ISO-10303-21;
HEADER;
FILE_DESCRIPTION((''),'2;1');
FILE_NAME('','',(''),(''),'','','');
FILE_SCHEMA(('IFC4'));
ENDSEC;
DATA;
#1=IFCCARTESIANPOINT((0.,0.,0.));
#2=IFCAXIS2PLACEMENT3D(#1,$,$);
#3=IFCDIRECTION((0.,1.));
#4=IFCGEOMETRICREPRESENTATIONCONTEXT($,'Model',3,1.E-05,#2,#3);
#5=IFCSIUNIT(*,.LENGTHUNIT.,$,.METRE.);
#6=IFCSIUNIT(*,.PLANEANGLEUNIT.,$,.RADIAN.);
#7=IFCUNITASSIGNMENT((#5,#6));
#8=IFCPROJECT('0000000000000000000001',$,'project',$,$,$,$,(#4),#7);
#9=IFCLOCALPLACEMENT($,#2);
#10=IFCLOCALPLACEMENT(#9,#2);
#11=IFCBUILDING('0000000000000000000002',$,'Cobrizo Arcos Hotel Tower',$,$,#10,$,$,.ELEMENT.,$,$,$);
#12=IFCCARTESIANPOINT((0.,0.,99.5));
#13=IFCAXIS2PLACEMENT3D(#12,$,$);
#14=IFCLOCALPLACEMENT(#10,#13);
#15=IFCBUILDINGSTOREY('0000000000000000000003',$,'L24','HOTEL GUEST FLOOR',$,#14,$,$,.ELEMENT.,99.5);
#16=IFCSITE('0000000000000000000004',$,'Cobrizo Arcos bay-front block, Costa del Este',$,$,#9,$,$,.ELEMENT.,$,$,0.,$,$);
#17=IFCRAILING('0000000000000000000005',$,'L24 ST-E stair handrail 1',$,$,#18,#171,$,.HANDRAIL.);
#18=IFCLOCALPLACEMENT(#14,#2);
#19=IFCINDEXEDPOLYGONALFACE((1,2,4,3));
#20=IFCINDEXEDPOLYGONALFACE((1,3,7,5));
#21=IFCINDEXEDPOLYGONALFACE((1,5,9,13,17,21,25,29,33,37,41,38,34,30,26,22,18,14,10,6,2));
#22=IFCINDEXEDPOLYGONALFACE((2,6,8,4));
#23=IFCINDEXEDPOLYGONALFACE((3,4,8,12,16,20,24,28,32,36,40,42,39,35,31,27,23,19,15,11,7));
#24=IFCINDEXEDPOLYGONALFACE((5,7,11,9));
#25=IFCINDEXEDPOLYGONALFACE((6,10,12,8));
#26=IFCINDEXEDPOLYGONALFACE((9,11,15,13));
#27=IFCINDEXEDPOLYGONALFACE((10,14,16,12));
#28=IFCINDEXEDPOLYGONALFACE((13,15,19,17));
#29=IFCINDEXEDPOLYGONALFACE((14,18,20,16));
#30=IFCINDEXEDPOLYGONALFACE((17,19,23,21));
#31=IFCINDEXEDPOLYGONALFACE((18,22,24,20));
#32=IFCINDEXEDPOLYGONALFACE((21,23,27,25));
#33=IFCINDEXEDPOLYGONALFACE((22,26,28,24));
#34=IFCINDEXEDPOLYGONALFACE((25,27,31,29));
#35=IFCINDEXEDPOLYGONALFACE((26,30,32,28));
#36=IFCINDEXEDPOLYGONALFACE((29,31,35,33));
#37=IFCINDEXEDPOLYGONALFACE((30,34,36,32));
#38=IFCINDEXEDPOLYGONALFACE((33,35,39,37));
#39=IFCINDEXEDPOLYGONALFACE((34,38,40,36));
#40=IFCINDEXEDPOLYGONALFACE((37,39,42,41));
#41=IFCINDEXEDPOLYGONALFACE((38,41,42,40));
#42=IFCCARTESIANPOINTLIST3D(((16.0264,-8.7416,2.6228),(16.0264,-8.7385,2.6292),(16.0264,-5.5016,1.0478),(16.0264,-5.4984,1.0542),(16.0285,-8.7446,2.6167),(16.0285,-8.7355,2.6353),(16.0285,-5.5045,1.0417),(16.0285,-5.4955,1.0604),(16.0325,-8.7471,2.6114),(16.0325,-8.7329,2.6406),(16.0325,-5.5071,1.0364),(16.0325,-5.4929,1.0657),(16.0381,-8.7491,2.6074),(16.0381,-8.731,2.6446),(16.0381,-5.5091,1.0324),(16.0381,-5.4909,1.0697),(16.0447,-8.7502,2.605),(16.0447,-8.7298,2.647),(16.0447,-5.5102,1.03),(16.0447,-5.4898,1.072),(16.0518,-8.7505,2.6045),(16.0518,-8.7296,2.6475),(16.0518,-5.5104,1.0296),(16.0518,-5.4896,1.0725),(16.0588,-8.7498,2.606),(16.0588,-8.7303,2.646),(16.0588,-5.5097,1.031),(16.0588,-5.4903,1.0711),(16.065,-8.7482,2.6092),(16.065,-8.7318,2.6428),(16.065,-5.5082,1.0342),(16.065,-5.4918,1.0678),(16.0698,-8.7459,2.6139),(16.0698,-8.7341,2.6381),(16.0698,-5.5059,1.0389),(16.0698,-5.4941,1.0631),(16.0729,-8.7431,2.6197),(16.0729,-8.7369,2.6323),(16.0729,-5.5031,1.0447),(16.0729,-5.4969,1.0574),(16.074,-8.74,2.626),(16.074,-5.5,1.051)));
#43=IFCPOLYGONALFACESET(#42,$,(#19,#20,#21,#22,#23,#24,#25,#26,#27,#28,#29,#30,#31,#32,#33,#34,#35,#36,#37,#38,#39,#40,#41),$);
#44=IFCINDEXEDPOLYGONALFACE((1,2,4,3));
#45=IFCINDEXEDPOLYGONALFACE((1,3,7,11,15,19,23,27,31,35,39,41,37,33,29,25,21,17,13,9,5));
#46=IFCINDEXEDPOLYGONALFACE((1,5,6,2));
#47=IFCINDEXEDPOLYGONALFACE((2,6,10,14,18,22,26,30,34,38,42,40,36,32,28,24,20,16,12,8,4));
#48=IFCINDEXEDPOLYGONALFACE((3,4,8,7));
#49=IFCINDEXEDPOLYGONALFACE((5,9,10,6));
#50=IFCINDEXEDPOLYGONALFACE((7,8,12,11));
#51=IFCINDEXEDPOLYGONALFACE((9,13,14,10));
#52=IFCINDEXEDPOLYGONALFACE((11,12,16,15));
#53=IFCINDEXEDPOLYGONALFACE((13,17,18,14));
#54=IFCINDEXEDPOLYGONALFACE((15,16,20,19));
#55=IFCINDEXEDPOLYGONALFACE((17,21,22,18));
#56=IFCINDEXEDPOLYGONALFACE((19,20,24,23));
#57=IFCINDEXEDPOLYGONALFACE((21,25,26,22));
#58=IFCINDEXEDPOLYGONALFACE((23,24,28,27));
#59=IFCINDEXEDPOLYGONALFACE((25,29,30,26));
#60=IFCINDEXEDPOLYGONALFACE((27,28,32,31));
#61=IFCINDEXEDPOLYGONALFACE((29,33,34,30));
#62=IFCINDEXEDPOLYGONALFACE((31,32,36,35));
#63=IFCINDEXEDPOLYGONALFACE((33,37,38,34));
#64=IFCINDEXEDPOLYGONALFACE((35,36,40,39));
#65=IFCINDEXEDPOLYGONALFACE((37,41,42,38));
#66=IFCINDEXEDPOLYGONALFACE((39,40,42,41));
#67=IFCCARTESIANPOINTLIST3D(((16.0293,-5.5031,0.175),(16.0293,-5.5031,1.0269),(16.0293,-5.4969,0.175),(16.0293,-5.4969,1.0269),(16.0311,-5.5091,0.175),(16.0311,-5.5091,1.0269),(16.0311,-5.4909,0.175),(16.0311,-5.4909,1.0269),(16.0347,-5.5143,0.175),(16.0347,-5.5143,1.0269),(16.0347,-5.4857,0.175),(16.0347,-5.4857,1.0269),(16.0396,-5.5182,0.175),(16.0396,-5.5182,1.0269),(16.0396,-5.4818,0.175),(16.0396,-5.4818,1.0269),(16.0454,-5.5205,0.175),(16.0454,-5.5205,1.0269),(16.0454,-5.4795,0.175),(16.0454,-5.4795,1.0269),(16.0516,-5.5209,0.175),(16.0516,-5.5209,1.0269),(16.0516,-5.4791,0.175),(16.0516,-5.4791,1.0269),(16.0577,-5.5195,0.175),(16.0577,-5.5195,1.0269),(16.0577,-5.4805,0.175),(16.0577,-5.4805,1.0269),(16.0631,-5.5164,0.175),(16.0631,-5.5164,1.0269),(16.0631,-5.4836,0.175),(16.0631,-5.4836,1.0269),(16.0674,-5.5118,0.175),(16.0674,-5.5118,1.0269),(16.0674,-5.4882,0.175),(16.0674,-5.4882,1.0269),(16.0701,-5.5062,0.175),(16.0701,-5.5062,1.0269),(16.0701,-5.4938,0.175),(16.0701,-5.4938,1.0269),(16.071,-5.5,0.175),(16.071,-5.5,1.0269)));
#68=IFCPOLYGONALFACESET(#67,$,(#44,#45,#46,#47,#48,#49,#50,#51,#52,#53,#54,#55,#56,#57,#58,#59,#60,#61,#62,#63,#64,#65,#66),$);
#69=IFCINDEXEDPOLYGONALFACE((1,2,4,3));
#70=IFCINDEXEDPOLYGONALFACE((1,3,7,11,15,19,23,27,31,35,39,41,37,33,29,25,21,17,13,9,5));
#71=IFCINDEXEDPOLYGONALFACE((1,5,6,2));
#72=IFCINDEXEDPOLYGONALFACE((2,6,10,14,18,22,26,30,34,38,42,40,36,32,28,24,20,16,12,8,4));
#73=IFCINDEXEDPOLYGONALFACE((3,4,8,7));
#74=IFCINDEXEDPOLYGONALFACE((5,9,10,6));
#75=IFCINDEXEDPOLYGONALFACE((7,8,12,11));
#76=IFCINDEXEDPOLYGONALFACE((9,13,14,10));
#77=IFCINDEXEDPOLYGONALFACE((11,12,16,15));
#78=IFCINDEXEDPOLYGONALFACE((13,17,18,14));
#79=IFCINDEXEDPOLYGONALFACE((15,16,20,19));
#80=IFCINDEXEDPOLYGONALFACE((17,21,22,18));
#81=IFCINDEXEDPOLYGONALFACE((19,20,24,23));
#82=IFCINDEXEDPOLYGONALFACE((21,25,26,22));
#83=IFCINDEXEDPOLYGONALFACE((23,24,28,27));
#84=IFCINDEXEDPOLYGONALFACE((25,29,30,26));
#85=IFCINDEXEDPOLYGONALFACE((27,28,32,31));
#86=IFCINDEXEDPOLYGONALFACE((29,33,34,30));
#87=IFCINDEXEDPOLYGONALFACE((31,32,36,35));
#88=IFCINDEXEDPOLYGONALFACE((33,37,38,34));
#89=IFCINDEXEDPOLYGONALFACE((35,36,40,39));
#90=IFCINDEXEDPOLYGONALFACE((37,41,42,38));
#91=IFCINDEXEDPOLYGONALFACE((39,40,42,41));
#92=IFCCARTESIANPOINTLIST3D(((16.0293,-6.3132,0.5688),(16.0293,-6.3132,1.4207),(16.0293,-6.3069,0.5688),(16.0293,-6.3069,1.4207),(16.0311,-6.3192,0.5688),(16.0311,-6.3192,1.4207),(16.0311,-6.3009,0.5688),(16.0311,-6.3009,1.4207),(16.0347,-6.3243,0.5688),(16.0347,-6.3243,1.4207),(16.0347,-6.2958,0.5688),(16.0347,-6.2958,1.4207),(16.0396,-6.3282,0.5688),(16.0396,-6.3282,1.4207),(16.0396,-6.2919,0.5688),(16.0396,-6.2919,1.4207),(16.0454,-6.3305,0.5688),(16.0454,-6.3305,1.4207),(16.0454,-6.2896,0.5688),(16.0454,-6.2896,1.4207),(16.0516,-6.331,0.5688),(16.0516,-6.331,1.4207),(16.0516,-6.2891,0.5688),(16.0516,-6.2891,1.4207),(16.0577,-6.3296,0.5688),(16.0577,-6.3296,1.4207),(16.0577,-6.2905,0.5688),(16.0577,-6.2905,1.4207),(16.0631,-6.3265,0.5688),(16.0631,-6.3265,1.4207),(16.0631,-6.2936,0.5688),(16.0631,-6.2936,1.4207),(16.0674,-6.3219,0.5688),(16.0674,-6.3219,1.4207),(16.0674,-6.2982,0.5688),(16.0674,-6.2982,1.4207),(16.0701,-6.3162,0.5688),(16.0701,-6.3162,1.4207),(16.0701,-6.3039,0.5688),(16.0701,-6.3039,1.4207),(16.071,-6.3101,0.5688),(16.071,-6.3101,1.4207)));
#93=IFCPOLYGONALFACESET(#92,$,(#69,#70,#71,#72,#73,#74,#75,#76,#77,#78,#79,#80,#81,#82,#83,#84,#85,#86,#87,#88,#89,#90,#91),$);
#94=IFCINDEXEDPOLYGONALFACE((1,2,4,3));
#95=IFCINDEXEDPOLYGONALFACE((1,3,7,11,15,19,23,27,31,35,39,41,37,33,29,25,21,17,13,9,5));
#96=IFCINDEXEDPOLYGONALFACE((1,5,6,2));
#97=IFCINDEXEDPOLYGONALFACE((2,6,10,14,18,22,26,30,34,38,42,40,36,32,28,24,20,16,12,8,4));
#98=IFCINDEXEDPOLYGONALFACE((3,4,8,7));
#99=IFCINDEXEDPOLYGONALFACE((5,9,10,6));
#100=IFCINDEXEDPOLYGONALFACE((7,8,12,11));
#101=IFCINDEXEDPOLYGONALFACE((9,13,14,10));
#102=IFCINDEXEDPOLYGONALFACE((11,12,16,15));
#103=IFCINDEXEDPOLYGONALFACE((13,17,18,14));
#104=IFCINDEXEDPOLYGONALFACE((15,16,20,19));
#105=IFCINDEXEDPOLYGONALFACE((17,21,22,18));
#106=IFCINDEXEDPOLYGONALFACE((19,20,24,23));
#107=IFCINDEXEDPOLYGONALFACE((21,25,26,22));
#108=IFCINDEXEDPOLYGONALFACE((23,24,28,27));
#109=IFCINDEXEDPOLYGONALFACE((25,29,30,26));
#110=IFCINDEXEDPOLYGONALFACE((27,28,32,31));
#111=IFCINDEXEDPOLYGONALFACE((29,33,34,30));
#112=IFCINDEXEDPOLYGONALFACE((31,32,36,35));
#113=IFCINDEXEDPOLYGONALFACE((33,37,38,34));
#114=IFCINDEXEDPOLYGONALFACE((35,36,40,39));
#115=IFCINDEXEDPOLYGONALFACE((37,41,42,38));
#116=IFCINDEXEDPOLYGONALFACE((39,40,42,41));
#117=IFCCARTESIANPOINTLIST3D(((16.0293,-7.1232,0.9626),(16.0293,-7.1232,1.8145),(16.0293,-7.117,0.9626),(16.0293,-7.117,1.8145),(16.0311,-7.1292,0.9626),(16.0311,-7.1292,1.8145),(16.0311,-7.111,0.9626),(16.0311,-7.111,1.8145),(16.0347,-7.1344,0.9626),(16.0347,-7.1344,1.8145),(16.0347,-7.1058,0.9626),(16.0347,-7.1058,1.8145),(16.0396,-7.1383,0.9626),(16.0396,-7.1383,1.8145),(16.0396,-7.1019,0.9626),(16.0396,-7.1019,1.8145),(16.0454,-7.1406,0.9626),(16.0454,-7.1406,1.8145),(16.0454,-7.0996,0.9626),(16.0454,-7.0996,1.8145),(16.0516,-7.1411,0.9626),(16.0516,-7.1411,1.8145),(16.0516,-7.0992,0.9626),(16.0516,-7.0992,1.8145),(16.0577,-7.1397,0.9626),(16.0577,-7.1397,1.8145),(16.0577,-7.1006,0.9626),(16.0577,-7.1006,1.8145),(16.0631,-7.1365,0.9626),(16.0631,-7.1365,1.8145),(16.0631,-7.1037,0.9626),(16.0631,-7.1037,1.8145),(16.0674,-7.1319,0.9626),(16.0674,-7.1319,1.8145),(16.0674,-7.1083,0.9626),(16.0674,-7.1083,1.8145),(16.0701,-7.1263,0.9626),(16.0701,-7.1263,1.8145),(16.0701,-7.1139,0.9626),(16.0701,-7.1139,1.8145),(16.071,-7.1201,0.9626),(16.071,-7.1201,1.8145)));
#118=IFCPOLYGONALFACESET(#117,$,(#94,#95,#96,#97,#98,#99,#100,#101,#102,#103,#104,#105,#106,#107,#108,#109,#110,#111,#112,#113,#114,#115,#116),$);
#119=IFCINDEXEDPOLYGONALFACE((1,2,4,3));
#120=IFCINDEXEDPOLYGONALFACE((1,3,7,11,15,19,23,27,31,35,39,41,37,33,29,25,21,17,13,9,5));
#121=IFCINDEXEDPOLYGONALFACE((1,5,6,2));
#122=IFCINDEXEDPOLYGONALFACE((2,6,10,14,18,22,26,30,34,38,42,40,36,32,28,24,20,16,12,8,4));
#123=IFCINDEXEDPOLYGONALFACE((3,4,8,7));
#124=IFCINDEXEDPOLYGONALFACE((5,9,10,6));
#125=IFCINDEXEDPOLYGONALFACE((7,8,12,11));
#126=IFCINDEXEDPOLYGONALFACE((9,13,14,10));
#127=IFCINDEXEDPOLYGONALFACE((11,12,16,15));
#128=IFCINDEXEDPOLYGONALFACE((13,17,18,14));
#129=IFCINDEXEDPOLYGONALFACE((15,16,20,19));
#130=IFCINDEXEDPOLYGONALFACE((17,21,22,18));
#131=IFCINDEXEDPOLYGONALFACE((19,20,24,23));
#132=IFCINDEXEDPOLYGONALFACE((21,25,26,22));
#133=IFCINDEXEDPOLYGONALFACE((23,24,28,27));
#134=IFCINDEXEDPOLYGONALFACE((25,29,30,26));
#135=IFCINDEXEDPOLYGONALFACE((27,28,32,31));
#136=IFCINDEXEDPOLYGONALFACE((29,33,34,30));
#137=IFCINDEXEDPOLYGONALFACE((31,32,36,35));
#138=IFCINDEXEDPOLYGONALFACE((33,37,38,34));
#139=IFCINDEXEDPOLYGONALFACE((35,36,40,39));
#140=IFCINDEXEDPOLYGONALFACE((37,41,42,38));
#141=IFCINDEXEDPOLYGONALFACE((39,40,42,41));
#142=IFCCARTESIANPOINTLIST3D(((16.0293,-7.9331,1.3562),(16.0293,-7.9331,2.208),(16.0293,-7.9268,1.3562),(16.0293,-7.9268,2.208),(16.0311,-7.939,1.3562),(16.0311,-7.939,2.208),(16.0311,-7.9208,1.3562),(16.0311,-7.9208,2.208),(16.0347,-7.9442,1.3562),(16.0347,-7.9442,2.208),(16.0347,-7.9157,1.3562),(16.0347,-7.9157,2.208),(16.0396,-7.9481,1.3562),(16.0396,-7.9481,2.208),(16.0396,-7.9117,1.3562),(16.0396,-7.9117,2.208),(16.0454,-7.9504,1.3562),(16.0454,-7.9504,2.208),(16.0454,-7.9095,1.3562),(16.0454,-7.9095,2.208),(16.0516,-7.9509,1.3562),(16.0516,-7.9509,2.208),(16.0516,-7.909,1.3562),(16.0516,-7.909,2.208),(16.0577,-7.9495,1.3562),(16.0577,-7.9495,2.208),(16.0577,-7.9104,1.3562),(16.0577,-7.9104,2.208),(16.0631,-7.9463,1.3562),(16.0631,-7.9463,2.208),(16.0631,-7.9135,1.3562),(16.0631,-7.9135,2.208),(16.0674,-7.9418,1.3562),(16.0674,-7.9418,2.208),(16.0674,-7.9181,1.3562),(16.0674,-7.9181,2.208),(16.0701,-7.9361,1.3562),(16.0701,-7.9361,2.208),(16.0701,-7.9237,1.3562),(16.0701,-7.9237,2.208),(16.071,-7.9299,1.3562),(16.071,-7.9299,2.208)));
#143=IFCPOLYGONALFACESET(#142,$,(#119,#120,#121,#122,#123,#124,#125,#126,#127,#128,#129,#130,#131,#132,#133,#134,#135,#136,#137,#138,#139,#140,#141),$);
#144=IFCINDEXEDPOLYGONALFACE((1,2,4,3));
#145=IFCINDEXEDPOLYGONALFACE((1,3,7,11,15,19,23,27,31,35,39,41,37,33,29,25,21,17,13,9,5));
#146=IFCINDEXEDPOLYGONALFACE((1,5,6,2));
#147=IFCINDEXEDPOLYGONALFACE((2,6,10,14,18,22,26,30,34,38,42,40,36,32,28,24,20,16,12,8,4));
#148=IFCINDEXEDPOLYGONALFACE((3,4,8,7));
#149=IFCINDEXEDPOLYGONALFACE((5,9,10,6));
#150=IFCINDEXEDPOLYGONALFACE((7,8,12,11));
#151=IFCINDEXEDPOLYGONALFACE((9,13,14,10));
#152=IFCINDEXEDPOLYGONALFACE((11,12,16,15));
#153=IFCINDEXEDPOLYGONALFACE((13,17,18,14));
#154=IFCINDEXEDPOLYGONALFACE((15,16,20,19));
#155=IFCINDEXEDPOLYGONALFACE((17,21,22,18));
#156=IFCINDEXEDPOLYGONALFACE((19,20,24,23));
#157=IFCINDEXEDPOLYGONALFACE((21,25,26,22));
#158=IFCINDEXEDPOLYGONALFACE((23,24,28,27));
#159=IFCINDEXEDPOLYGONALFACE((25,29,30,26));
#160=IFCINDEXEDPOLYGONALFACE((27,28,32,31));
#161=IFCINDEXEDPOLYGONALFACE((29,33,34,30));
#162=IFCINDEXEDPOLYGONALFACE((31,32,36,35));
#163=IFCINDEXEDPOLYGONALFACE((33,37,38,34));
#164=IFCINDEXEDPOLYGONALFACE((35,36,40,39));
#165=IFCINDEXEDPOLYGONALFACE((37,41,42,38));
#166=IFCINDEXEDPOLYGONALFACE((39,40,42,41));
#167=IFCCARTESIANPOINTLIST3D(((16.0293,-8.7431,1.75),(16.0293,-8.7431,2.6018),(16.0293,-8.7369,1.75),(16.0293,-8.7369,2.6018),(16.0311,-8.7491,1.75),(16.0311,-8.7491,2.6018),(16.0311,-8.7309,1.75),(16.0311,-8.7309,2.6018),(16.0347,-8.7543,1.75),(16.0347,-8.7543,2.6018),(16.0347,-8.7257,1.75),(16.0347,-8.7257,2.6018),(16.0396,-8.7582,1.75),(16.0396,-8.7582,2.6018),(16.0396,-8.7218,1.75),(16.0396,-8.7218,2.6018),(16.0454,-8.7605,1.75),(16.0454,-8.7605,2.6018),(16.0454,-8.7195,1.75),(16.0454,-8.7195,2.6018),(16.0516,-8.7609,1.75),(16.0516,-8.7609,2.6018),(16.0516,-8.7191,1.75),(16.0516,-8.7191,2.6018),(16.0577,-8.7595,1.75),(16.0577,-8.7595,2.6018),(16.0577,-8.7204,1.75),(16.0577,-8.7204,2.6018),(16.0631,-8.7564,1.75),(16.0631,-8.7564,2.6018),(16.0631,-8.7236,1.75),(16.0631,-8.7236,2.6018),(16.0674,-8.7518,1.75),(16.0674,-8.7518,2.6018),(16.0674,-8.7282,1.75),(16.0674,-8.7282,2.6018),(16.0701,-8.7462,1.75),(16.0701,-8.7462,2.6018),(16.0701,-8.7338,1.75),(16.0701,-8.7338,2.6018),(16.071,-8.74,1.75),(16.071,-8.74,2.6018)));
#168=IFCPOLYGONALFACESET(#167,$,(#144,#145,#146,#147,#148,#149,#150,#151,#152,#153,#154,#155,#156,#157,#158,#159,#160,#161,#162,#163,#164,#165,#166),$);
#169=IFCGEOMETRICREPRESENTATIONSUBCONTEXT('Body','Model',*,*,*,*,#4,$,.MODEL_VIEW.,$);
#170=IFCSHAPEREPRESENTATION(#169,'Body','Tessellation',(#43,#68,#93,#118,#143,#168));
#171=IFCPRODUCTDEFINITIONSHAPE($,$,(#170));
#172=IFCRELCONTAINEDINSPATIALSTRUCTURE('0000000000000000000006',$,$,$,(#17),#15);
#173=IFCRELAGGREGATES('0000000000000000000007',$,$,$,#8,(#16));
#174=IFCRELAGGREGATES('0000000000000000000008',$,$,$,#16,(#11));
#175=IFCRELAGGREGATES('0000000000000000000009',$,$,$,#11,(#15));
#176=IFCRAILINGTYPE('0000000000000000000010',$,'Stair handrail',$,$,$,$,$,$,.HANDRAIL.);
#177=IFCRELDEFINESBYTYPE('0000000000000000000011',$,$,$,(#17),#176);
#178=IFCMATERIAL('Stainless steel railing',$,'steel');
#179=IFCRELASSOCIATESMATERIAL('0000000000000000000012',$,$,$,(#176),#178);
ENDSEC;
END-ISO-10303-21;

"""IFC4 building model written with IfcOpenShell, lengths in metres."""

from ifc_helpers import new_model, si_unit, direction, frame, origin, origin_2d, place, context, subcontext, project, spatial, circle, extrude, material, type_object, element, save


model = new_model("IFC4")

# Units and contexts
model_context = context("Model", 3, precision=1e-05, world=origin(), true_north=direction((0.0, 1.0)))
body_context = subcontext(model_context, "Body", "Model", "MODEL_VIEW")
ifc_project = project(units=[si_unit("LENGTHUNIT", "METRE"), si_unit("PLANEANGLEUNIT", "RADIAN")], contexts=[model_context])

# Site, building, storey
site_placement = place(None, origin())
site = spatial("IfcSite", under=ifc_project, at=site_placement, Name="Cobrizo Arcos bay-front block, Costa del Este", CompositionType="ELEMENT", RefElevation=0.0)
building_placement = place(site_placement, origin())
building = spatial("IfcBuilding", under=site, at=building_placement, Name="Cobrizo Arcos Hotel Tower", CompositionType="ELEMENT")
storey_placement = place(building_placement, frame((0.0, 0.0, 99.5)))
storey = spatial("IfcBuildingStorey", under=building, at=storey_placement, Name="L24", Description="HOTEL GUEST FLOOR", CompositionType="ELEMENT", Elevation=99.5)

# Railing
ifc_material_1 = material(Name="Stainless steel railing", Category="steel")
railing_type_1 = type_object("IfcRailingType", Name="Stair handrail", PredefinedType="HANDRAIL", material=ifc_material_1)
railing_1_placement = place(storey_placement, frame((16.05, -5.5, 0.175)))
element("IfcRailing", 1, at=railing_1_placement, inside=storey, type_object=railing_type_1, Name="L24 ST-E stair handrail 1", PredefinedType="HANDRAIL", context=body_context, shape_type="SweptSolid", body=[
    extrude(circle(Radius=0.0239, at=origin_2d()), frame((0.0, 0.0, 0.876), z_axis=(0.0, -0.899373, 0.437183), x_axis=(1.0, 0.0, 0.0)), (0.0, 0.0, 1.0), 3.6025),
    extrude(circle(Radius=0.021, at=origin_2d()), origin(), (0.0, 0.0, 1.0), 0.8518),
    extrude(circle(Radius=0.021, at=origin_2d()), frame((0.0, -0.8101, 0.3938)), (0.0, 0.0, 1.0), 0.8518),
    extrude(circle(Radius=0.021, at=origin_2d()), frame((0.0, -1.6201, 0.7876)), (0.0, 0.0, 1.0), 0.8518),
    extrude(circle(Radius=0.021, at=origin_2d()), frame((0.0, -2.4299, 1.1812)), (0.0, 0.0, 1.0), 0.8518),
    extrude(circle(Radius=0.021, at=origin_2d()), frame((0.0, -3.24, 1.575)), (0.0, 0.0, 1.0), 0.8518),
])

save(model, "model.ifc")
